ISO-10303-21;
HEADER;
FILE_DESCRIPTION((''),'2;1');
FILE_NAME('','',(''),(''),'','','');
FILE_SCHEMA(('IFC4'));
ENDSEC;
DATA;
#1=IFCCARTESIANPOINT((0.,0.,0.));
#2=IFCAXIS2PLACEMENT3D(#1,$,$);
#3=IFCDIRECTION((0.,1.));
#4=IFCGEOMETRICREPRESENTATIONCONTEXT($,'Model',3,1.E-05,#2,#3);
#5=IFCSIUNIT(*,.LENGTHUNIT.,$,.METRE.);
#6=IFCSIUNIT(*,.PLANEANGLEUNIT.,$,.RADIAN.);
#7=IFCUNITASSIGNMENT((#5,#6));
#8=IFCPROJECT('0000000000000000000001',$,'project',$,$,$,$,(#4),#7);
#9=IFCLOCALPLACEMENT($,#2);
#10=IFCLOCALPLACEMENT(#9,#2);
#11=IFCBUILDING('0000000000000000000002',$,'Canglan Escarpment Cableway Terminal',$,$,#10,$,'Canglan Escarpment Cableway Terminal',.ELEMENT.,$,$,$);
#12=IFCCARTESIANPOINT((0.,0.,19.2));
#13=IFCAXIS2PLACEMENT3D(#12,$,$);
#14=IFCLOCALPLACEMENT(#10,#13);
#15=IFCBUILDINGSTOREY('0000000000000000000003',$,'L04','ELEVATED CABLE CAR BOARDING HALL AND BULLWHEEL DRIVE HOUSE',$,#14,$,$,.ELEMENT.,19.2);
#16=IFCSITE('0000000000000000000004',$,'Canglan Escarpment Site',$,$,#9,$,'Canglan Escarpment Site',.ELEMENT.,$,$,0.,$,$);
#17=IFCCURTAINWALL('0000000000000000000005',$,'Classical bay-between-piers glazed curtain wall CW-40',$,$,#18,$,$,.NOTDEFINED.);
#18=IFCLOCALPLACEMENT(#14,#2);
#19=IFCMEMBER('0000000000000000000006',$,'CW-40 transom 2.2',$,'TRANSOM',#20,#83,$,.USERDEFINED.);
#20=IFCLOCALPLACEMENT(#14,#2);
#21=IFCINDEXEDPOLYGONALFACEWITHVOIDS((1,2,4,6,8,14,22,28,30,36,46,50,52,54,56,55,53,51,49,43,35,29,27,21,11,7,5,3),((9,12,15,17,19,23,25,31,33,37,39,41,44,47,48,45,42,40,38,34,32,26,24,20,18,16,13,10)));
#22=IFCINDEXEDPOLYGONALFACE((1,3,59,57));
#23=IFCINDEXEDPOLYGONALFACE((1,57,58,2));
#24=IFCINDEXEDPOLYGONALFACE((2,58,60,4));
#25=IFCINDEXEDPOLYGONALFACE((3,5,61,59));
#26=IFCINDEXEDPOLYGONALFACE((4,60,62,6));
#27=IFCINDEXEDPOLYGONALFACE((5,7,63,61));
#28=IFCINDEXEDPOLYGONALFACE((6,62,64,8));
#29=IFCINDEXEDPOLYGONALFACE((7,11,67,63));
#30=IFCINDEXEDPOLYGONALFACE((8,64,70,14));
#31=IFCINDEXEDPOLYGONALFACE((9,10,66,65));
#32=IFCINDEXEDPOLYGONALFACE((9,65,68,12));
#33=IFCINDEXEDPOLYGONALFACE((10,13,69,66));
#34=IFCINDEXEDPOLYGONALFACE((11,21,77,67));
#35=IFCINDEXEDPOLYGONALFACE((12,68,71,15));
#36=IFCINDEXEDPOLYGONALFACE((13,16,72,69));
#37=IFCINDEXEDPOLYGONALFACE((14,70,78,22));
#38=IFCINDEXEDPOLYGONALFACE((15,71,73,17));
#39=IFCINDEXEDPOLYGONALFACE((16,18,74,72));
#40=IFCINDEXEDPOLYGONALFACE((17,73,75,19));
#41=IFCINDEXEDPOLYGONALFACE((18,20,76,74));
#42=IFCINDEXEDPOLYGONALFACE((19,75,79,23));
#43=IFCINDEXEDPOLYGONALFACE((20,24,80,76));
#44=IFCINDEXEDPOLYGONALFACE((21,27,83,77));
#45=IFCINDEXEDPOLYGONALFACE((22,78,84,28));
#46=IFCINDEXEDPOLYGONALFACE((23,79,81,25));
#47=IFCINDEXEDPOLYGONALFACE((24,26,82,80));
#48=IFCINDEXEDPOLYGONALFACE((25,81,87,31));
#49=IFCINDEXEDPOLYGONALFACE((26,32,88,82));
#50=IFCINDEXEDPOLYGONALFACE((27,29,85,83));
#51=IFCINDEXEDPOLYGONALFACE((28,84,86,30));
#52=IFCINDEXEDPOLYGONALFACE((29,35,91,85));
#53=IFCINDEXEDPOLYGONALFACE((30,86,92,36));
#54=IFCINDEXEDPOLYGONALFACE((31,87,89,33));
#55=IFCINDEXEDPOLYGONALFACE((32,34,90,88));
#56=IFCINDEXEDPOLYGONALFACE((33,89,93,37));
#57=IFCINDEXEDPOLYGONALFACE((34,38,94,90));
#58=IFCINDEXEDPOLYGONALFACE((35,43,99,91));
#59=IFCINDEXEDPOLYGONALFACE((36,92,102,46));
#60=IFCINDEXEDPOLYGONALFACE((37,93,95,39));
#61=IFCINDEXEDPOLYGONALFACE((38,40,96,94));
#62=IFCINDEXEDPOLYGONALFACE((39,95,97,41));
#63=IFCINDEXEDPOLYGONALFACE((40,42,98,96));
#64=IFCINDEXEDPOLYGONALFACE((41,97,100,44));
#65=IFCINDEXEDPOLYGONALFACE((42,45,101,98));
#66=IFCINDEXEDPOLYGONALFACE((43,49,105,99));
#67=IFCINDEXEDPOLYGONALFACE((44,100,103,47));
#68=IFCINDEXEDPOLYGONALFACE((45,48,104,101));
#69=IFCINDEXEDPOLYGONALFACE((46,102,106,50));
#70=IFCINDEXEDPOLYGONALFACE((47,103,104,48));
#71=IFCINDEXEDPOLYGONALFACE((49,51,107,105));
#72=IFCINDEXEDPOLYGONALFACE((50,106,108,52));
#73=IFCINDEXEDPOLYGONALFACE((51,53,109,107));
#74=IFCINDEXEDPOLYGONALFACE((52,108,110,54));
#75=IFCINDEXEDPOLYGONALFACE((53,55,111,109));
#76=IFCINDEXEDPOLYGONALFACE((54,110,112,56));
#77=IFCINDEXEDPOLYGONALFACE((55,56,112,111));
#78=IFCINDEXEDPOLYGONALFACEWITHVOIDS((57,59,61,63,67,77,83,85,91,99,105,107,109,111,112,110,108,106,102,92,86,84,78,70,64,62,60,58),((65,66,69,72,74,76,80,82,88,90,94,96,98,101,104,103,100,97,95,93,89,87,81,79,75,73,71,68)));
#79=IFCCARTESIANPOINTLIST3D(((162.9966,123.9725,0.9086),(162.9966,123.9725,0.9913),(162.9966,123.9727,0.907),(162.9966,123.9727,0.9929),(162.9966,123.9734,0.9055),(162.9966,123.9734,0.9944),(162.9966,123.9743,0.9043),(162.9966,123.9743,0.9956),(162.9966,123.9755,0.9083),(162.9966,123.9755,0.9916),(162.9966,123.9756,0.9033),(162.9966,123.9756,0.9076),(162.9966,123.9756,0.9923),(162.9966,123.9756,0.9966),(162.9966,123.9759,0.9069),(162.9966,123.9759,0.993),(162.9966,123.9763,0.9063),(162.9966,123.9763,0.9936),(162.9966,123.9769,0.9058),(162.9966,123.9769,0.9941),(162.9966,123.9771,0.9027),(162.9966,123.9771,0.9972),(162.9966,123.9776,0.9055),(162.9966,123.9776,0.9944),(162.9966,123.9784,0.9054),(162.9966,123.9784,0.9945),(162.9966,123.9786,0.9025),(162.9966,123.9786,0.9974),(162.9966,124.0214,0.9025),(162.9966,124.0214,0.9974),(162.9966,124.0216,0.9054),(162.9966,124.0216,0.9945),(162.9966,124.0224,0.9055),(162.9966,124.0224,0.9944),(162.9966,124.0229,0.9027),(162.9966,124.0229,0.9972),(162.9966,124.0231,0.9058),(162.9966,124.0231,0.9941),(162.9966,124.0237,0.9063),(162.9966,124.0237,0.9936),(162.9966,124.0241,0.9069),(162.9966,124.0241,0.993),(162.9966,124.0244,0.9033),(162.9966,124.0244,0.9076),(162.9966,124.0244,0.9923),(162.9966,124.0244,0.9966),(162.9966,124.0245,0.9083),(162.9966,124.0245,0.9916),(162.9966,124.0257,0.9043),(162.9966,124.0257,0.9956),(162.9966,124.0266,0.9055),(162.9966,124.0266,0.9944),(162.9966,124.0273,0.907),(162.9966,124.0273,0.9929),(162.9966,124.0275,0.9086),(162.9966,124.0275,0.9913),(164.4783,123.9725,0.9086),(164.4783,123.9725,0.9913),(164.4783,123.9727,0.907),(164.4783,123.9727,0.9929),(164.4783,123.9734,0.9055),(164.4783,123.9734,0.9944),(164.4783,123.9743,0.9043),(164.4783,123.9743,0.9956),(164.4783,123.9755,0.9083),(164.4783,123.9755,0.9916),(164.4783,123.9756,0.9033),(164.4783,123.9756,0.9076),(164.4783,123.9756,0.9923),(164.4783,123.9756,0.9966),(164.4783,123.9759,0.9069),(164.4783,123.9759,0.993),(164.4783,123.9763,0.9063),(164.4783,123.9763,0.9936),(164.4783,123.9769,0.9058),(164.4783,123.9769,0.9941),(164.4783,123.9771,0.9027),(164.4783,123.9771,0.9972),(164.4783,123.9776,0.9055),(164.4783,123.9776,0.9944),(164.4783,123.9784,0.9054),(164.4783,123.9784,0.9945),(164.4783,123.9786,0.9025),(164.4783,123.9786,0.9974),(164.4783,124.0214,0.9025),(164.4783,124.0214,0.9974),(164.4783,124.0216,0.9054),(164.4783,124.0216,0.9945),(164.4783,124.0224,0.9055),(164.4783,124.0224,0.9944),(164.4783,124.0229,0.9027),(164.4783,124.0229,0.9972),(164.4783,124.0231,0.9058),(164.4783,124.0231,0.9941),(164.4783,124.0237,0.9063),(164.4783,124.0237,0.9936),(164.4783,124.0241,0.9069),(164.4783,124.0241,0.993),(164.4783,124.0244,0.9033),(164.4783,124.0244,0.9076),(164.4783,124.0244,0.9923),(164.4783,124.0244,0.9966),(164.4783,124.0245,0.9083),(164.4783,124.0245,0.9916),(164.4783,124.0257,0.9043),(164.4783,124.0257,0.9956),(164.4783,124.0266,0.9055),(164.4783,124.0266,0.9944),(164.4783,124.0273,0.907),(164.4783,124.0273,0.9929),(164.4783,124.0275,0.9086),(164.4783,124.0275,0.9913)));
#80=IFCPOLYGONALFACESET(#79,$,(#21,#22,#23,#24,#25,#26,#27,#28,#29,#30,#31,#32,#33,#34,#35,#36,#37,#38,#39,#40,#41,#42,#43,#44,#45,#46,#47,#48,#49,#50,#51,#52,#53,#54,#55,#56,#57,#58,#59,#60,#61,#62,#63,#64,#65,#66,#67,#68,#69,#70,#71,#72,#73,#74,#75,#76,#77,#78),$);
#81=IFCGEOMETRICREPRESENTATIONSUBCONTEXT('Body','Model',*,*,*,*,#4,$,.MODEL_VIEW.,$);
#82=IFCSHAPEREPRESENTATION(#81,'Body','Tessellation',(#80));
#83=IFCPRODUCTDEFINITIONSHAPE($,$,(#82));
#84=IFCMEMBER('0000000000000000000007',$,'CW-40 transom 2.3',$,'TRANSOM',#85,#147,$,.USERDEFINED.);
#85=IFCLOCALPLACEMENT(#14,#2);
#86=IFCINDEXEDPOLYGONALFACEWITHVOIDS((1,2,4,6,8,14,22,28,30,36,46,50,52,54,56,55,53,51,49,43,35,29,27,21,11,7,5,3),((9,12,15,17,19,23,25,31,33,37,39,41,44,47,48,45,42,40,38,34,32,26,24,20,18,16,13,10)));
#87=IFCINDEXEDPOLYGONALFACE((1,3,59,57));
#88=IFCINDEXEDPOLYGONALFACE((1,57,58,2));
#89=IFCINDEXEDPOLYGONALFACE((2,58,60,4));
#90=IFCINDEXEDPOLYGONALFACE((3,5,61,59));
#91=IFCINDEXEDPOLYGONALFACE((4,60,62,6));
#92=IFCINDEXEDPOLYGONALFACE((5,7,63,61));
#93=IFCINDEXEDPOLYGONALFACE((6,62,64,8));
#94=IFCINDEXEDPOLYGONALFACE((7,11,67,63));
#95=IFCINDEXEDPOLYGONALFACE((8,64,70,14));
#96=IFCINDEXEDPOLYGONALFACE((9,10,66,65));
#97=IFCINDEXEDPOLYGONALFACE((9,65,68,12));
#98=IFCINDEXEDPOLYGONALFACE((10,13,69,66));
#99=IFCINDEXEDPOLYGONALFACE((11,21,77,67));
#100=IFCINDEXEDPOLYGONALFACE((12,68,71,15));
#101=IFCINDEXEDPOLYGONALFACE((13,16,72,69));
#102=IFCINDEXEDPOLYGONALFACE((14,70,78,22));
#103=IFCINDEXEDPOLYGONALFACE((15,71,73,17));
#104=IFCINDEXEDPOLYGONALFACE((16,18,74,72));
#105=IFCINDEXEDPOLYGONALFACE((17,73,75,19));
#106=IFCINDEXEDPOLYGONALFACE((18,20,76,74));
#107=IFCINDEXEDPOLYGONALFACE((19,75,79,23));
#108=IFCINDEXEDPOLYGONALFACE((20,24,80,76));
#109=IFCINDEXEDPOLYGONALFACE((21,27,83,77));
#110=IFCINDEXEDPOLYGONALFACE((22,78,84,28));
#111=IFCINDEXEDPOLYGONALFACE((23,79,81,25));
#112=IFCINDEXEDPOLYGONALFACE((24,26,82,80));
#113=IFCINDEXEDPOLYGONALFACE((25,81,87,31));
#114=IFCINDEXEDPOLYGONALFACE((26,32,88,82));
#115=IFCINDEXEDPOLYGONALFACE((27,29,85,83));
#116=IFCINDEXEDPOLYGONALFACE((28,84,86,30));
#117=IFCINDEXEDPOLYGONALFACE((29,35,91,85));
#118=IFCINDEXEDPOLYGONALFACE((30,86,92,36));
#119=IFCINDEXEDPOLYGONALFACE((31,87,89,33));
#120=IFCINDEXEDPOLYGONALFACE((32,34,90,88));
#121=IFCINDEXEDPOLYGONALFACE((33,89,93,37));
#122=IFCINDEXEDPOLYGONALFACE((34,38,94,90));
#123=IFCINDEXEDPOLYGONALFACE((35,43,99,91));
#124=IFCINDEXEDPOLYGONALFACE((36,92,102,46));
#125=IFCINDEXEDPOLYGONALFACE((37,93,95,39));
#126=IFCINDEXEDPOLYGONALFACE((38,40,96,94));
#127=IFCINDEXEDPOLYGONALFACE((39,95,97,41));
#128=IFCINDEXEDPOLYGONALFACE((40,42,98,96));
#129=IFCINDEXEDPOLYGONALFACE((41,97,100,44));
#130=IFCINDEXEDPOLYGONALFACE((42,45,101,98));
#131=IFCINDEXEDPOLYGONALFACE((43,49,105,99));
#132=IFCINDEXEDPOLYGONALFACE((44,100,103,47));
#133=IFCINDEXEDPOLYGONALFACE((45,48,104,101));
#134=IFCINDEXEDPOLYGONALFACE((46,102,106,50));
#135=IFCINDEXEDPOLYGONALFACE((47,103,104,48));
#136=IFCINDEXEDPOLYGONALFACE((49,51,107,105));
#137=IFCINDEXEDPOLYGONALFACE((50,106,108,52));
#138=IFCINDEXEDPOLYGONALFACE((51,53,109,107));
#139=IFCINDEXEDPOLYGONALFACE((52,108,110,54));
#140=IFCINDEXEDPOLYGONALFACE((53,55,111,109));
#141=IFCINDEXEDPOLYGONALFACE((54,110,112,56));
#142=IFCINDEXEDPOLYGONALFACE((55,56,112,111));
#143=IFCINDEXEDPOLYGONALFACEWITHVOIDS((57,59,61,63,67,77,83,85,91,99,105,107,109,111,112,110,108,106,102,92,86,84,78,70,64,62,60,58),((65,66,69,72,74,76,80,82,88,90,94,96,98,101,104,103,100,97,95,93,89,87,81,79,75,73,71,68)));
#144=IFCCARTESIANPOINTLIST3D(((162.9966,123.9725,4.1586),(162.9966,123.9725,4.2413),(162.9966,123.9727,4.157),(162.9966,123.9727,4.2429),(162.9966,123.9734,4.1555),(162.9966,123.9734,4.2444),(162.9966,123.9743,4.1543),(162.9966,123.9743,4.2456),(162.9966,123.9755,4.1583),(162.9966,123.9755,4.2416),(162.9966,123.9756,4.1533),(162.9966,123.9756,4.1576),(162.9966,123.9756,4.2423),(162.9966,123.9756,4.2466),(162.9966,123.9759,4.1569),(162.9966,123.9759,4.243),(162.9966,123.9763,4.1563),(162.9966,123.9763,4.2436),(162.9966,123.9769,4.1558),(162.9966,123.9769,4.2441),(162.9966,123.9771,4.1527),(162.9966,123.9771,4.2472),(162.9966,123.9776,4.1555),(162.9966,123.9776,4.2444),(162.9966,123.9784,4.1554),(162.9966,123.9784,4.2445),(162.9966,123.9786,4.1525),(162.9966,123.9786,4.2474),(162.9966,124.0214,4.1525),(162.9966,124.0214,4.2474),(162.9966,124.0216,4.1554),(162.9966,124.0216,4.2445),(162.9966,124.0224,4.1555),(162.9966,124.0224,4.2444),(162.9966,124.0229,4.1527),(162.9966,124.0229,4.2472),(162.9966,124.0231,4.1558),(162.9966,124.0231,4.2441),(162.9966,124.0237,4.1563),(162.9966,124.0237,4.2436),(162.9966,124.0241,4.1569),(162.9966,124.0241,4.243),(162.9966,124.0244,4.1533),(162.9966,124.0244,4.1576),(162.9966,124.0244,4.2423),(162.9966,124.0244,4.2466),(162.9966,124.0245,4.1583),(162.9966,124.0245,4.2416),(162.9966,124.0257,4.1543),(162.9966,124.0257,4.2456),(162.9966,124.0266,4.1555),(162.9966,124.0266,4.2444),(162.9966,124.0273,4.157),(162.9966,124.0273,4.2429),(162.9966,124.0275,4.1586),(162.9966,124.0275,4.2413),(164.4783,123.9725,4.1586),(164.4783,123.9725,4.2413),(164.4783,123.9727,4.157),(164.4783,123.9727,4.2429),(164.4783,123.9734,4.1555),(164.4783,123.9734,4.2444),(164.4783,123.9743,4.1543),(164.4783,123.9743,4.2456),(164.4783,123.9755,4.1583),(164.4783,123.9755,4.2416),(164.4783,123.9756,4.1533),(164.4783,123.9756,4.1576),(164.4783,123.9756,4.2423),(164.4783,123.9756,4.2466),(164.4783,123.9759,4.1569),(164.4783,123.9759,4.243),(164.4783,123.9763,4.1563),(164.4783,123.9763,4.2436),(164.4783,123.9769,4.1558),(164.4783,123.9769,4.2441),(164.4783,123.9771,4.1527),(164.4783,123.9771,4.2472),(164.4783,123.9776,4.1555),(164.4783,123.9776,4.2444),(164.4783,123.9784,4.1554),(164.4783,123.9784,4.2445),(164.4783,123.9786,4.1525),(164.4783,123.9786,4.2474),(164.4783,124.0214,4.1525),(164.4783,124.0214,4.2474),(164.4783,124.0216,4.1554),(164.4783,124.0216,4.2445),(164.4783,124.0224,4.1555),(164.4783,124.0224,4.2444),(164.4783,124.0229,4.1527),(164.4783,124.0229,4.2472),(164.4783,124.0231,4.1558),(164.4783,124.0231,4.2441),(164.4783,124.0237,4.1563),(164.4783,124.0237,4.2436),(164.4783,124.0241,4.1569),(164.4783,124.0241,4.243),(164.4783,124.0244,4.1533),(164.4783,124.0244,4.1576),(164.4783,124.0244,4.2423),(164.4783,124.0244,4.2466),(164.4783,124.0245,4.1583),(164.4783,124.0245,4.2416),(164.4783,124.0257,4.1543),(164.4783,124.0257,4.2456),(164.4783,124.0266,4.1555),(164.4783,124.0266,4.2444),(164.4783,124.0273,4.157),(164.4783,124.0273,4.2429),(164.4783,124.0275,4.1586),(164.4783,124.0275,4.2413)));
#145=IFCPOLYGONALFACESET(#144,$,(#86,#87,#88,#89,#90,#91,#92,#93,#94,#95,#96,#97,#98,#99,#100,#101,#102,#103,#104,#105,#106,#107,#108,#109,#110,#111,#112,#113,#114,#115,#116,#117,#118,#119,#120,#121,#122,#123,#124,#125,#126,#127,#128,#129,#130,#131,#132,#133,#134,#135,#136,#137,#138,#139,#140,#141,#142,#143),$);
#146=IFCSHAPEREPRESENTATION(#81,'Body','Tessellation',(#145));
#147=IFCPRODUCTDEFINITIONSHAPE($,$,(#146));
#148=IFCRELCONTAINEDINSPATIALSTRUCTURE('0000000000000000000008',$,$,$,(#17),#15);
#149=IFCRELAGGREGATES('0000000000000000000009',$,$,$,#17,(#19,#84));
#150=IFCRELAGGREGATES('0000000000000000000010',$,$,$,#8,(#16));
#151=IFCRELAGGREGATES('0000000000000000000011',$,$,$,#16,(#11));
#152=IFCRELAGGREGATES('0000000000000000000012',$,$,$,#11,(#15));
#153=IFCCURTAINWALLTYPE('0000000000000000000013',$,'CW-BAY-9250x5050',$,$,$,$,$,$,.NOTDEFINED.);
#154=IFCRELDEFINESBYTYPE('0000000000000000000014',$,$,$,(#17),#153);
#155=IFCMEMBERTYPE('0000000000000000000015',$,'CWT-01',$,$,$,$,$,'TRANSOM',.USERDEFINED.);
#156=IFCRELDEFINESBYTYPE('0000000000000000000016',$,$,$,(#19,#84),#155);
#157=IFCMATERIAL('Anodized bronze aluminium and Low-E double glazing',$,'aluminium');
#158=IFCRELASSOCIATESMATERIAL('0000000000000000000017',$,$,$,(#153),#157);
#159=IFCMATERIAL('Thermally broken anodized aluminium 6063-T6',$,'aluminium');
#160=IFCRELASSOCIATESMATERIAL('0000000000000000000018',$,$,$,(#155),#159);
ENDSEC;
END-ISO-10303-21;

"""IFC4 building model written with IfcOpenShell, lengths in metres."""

from ifc_helpers import new_model, si_unit, direction, frame, origin, origin_2d, place, context, subcontext, project, spatial, hollow_rectangle, extrude, material, material_profile, profile_set, type_object, element, aggregate, save


model = new_model("IFC4")

# Units and contexts
model_context = context("Model", 3, precision=1e-05, world=origin(), true_north=direction((0.0, 1.0)))
body_context = subcontext(model_context, "Body", "Model", "MODEL_VIEW")
ifc_project = project(units=[si_unit("LENGTHUNIT", "METRE"), si_unit("PLANEANGLEUNIT", "RADIAN")], contexts=[model_context])

# Site, building, storey
site_placement = place(None, origin())
site = spatial("IfcSite", under=ifc_project, at=site_placement, Name="Canglan Escarpment Site", LongName="Canglan Escarpment Site", CompositionType="ELEMENT", RefElevation=0.0)
building_placement = place(site_placement, origin())
building = spatial("IfcBuilding", under=site, at=building_placement, Name="Canglan Escarpment Cableway Terminal", LongName="Canglan Escarpment Cableway Terminal", CompositionType="ELEMENT")
storey_placement = place(building_placement, frame((0.0, 0.0, 19.2)))
storey = spatial("IfcBuildingStorey", under=building, at=storey_placement, Name="L04", Description="ELEVATED CABLE CAR BOARDING HALL AND BULLWHEEL DRIVE HOUSE", CompositionType="ELEMENT", Elevation=19.2)

# Curtain wall
ifc_material_1 = material(Name="Anodized bronze aluminium and Low-E double glazing", Category="aluminium")
curtain_wall_type_1 = type_object("IfcCurtainWallType", Name="CW-BAY-9250x5050", PredefinedType="NOTDEFINED", material=ifc_material_1)
curtain_wall_1_placement = place(storey_placement, origin())
curtain_wall_1 = element("IfcCurtainWall", 1, at=curtain_wall_1_placement, inside=storey, type_object=curtain_wall_type_1, Name="Classical bay-between-piers glazed curtain wall CW-40", PredefinedType="NOTDEFINED")
ifc_material_2 = material(Name="Thermally broken anodized aluminium 6063-T6", Category="aluminium")

# Members
ifc_material_profile_1 = material_profile(ifc_material_2, hollow_rectangle(XDim=0.0549, YDim=0.095, WallThickness=0.0029, InnerFilletRadius=0.0029, OuterFilletRadius=0.0061, at=origin_2d()), Name="ALU-TRAN 55x95x3")
ifc_profile_set_1 = profile_set([ifc_material_profile_1], Name="Thermally broken anodized aluminium 6063-T6")
member_type_1 = type_object("IfcMemberType", Name="CWT-01", ElementType="TRANSOM", PredefinedType="USERDEFINED", material=ifc_profile_set_1)
member_1_placement = place(storey_placement, frame((164.4783, 124.0, 0.95), z_axis=(-1.0, 0.0, 0.0), x_axis=(0.0, -1.0, 0.0)))
member_1 = element("IfcMember", 2, at=member_1_placement, type_object=member_type_1, Name="CW-40 transom 2.2", ObjectType="TRANSOM", PredefinedType="USERDEFINED", context=body_context, shape_type="SweptSolid", body=[
    extrude(hollow_rectangle(XDim=0.0549, YDim=0.095, WallThickness=0.0029, InnerFilletRadius=0.0029, OuterFilletRadius=0.0061, at=origin_2d()), origin(), (0.0, 0.0, 1.0), 1.4817),
])
member_2_placement = place(storey_placement, frame((164.4783, 124.0, 4.2), z_axis=(-1.0, 0.0, 0.0), x_axis=(0.0, -1.0, 0.0)))
member_2 = element("IfcMember", 3, at=member_2_placement, type_object=member_type_1, Name="CW-40 transom 2.3", ObjectType="TRANSOM", PredefinedType="USERDEFINED", context=body_context, shape_type="SweptSolid", body=[
    extrude(hollow_rectangle(XDim=0.0549, YDim=0.095, WallThickness=0.0029, InnerFilletRadius=0.0029, OuterFilletRadius=0.0061, at=origin_2d()), origin(), (0.0, 0.0, 1.0), 1.4817),
])

aggregate(curtain_wall_1, [member_1, member_2])

save(model, "model.ifc")
